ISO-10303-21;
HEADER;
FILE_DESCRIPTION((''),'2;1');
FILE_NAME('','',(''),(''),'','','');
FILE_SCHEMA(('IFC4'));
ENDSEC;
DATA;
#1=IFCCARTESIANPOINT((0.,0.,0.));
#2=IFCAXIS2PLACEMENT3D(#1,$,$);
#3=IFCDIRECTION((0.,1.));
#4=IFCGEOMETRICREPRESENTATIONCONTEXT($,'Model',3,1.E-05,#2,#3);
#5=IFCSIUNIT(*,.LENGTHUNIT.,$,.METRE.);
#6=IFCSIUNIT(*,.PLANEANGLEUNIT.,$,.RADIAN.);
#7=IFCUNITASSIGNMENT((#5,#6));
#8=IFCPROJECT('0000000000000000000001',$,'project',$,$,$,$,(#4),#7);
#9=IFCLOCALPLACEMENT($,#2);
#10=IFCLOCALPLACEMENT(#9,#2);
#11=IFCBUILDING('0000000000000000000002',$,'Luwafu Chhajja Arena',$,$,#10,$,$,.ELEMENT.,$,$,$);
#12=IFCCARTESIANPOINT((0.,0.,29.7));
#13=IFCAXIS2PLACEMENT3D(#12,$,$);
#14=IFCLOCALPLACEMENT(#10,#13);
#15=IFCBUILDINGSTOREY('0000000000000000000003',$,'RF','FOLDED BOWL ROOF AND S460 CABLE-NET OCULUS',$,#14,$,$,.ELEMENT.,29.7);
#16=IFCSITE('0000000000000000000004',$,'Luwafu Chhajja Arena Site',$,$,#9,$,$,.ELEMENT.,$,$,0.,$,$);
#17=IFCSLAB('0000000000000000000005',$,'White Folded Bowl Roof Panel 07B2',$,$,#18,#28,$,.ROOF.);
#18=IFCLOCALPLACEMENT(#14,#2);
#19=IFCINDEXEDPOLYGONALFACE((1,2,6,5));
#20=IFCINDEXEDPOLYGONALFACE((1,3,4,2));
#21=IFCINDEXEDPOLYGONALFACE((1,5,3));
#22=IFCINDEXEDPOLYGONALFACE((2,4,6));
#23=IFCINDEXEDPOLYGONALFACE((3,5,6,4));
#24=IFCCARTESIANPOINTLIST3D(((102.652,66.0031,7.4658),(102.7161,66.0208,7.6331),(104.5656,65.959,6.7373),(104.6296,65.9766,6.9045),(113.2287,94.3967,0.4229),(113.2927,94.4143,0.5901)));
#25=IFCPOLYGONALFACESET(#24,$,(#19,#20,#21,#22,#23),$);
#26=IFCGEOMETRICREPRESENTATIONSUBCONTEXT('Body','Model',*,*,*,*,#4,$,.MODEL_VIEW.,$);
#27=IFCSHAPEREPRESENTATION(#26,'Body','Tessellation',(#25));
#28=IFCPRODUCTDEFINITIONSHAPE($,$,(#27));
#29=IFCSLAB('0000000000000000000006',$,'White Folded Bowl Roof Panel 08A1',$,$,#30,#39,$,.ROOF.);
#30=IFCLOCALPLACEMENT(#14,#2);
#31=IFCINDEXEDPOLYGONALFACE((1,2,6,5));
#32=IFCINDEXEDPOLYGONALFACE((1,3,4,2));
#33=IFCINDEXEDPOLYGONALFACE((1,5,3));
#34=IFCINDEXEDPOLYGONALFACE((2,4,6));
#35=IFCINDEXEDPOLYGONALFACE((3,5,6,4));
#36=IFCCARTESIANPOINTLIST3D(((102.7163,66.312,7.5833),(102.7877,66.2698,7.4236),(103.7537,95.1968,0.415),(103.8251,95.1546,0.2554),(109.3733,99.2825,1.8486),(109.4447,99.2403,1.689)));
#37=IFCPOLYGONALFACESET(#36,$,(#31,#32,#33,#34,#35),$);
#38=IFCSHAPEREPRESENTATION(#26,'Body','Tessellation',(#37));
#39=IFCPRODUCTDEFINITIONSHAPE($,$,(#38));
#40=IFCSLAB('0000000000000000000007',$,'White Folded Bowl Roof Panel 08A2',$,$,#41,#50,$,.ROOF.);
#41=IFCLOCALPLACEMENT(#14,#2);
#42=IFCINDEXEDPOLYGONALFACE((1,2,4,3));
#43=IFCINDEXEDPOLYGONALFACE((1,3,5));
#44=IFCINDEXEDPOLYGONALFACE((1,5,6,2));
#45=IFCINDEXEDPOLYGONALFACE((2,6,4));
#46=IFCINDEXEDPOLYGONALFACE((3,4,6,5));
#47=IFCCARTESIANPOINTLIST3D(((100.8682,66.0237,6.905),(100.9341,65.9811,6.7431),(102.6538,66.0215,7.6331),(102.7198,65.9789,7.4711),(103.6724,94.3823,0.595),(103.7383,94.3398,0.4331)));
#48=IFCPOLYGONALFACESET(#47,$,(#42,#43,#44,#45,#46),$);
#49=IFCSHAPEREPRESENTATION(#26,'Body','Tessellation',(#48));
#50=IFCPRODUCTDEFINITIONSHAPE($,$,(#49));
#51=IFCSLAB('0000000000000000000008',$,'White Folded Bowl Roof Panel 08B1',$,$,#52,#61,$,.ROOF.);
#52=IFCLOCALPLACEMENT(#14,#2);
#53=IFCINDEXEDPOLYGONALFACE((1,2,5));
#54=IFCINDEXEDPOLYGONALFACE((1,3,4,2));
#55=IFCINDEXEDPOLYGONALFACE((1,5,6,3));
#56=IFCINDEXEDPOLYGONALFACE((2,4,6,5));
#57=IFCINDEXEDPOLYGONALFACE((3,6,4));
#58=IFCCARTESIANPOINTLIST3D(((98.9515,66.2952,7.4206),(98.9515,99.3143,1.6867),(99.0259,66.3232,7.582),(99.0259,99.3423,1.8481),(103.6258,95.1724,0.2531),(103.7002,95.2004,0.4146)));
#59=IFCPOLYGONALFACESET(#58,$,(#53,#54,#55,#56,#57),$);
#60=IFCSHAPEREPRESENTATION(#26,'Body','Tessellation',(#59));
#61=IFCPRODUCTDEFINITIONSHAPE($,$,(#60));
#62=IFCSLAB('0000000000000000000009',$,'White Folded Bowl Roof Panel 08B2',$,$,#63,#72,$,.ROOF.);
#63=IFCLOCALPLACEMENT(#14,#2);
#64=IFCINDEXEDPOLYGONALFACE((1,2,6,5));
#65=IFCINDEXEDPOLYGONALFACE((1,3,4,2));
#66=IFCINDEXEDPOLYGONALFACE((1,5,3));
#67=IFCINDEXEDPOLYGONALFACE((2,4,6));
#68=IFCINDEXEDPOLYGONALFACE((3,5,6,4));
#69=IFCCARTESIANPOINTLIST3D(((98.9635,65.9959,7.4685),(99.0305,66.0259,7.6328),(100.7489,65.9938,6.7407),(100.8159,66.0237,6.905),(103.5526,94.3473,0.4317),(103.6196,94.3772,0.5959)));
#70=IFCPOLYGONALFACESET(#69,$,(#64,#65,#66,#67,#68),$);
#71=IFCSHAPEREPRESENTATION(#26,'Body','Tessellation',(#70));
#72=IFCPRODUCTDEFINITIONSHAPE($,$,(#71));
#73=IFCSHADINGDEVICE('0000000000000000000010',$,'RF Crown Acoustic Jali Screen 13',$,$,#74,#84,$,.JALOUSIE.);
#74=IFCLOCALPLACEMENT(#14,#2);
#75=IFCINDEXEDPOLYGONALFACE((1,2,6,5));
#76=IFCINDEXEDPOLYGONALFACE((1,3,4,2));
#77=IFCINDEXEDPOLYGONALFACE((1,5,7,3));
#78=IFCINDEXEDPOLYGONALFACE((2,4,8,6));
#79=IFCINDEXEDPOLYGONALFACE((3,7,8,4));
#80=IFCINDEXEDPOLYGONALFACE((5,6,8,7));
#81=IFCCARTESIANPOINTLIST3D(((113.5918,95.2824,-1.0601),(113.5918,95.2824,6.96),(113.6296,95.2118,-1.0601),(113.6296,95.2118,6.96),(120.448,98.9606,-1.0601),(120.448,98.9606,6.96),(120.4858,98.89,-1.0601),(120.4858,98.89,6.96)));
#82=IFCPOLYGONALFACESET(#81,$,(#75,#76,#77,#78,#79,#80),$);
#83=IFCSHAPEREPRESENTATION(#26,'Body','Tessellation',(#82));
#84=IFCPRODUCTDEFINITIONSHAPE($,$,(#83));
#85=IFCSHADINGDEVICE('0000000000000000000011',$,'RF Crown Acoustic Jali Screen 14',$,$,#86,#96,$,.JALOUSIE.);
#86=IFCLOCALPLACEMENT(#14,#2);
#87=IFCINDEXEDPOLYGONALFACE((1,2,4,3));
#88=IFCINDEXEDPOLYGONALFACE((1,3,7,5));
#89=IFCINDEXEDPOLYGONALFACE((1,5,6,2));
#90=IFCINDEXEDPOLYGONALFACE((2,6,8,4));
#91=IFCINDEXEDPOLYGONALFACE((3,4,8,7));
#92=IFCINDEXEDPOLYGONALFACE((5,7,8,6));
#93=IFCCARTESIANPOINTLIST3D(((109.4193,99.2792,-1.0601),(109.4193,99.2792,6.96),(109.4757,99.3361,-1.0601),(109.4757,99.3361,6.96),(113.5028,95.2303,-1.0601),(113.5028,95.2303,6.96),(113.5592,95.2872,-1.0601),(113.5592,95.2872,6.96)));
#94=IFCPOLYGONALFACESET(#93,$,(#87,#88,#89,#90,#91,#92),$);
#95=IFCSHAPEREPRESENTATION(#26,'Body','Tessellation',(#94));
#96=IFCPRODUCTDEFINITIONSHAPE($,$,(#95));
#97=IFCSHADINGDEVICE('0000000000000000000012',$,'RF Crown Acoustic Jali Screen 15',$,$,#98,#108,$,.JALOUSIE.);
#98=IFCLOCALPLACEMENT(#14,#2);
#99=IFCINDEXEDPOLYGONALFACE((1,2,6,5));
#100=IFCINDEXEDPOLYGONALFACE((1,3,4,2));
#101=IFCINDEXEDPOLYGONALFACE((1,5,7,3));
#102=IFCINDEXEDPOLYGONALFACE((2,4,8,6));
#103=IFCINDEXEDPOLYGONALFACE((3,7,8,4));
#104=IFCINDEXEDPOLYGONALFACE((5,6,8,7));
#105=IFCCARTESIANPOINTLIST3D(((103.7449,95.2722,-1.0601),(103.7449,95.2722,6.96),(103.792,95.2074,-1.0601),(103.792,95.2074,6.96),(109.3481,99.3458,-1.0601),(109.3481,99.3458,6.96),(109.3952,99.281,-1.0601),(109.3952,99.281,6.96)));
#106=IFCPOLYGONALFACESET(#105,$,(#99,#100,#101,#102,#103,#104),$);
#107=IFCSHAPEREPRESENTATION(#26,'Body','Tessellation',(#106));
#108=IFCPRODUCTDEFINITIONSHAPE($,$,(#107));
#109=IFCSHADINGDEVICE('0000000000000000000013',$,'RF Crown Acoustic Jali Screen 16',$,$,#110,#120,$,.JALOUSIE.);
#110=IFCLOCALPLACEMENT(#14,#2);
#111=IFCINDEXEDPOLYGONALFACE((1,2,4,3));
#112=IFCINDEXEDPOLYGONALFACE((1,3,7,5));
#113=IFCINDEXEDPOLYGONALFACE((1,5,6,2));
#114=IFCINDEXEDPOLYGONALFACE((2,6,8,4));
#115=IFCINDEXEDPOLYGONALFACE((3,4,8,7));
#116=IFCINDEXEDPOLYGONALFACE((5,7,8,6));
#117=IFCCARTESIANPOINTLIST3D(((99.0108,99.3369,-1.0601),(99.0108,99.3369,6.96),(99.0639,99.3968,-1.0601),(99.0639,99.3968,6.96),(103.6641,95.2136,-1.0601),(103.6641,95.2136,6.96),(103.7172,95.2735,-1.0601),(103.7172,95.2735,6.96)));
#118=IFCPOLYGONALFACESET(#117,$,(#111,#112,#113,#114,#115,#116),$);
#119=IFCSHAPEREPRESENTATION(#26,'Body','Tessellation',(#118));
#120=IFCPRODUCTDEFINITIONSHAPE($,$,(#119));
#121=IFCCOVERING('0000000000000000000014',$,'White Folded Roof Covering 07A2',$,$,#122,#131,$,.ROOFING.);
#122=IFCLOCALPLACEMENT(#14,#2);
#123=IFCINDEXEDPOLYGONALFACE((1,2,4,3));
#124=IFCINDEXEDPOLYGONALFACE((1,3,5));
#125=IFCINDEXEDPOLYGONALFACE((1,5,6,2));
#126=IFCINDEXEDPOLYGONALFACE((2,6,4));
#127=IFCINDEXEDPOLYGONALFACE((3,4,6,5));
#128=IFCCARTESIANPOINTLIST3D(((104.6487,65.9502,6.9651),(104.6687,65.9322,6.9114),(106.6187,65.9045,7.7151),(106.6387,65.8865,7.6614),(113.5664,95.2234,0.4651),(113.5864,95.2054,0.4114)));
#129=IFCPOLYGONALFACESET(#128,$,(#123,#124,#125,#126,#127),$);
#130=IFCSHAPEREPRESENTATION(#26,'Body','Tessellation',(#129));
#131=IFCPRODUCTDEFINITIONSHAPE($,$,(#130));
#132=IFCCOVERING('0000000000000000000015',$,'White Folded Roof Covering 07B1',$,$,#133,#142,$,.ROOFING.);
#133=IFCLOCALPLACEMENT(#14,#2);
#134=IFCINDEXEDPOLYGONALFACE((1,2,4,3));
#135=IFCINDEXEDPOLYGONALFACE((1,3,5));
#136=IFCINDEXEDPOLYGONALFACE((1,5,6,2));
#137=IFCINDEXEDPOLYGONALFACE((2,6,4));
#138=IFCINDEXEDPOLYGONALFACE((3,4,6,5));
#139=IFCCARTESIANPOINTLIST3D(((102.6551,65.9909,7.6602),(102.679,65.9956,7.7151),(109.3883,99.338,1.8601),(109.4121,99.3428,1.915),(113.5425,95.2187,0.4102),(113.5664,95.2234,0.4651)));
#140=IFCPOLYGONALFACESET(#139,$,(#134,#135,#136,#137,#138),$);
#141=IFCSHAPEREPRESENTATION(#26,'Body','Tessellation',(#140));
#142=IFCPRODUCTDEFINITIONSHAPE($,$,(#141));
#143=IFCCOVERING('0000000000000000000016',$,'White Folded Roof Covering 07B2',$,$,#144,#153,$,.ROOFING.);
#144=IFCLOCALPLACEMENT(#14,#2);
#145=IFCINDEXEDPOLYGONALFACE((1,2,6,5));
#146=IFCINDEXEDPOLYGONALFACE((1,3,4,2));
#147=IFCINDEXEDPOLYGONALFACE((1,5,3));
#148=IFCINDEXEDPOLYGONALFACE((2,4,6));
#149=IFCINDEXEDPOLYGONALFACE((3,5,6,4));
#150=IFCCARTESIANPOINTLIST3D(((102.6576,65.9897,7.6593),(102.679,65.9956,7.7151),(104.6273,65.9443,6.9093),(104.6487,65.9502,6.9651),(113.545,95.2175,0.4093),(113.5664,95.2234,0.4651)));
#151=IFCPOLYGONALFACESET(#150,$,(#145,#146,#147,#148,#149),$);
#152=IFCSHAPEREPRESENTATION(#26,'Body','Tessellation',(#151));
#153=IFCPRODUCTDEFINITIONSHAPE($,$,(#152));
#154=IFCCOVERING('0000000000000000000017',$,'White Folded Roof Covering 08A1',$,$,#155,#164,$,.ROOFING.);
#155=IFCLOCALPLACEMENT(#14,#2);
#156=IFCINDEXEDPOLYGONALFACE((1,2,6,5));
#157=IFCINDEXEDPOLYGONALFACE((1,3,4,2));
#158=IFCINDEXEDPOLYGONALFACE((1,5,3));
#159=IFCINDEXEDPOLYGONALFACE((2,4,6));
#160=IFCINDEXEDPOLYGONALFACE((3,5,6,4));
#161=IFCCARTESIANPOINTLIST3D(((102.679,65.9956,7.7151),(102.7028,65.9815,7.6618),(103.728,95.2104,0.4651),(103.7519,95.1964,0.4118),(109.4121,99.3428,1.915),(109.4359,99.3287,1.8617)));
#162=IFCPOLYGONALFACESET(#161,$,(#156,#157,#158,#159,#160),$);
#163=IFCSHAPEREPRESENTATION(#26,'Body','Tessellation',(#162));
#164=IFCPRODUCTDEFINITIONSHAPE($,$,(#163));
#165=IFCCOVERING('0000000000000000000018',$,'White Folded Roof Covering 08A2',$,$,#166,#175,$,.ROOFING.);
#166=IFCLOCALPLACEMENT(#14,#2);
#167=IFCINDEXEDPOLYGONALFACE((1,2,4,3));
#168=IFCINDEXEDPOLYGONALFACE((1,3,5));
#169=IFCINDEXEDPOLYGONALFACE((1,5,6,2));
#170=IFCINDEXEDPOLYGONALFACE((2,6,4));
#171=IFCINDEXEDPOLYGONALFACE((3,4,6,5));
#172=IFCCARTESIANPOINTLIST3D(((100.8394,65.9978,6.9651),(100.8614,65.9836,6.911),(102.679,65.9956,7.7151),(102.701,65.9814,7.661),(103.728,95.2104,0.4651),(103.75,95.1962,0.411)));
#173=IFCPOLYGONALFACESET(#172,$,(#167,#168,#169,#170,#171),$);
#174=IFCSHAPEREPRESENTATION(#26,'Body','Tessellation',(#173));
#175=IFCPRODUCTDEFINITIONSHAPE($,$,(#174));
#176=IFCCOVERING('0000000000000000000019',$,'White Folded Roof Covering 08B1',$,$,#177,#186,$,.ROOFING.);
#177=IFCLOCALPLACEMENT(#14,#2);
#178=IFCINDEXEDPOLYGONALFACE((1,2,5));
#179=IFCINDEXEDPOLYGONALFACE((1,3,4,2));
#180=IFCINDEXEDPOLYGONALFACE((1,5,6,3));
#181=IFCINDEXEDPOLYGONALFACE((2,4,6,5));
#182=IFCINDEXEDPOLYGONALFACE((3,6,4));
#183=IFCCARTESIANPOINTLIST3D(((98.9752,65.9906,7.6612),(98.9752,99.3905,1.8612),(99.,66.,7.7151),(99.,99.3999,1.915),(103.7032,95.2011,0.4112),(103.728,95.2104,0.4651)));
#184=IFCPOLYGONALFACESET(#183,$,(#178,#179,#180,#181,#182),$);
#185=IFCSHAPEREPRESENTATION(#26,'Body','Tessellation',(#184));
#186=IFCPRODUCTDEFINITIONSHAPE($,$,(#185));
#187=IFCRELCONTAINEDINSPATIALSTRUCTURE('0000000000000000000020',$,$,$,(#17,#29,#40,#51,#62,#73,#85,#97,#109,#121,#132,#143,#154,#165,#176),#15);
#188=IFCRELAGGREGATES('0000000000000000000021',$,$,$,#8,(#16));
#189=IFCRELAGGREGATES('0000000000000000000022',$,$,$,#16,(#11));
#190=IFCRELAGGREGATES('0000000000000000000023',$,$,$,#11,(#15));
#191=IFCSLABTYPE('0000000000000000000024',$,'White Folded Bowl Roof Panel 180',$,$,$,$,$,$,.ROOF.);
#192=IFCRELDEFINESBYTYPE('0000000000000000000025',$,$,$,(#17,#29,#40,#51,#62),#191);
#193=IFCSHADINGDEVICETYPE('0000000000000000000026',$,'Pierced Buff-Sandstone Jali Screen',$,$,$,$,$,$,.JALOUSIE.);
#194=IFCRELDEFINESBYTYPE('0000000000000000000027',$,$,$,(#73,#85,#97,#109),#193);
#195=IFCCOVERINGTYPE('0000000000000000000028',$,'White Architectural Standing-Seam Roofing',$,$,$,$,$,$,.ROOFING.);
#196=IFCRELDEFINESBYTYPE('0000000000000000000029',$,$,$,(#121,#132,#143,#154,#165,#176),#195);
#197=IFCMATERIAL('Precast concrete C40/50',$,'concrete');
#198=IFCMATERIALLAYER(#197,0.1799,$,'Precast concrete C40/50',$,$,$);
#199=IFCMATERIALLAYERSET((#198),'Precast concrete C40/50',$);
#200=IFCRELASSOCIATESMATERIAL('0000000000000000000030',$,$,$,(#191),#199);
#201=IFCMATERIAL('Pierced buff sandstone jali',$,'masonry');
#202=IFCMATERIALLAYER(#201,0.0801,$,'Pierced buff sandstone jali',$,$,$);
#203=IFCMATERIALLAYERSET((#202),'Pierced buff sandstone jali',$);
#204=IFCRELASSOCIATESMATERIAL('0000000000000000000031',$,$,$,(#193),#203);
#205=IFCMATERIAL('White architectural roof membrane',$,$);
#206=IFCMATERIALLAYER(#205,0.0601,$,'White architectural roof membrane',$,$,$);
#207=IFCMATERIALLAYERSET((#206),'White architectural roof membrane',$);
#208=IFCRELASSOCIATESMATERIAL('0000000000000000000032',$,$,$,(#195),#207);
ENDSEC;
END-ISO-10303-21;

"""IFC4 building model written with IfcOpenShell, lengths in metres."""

from ifc_helpers import new_model, si_unit, direction, frame, origin, origin_2d, place, context, subcontext, project, spatial, polyline, rectangle, outline, extrude, material, layer, layer_set, type_object, element, save


model = new_model("IFC4")

# Units and contexts
model_context = context("Model", 3, precision=1e-05, world=origin(), true_north=direction((0.0, 1.0)))
body_context = subcontext(model_context, "Body", "Model", "MODEL_VIEW")
ifc_project = project(units=[si_unit("LENGTHUNIT", "METRE"), si_unit("PLANEANGLEUNIT", "RADIAN")], contexts=[model_context])

# Site, building, storey
site_placement = place(None, origin())
site = spatial("IfcSite", under=ifc_project, at=site_placement, Name="Luwafu Chhajja Arena Site", CompositionType="ELEMENT", RefElevation=0.0)
building_placement = place(site_placement, origin())
building = spatial("IfcBuilding", under=site, at=building_placement, Name="Luwafu Chhajja Arena", CompositionType="ELEMENT")
storey_placement = place(building_placement, frame((0.0, 0.0, 29.7)))
storey = spatial("IfcBuildingStorey", under=building, at=storey_placement, Name="RF", Description="FOLDED BOWL ROOF AND S460 CABLE-NET OCULUS", CompositionType="ELEMENT", Elevation=29.7)

# Slabs
ifc_material_1 = material(Name="Precast concrete C40/50", Category="concrete")
ifc_layer_1 = layer(ifc_material_1, 0.1799, Name="Precast concrete C40/50")
ifc_layer_set_1 = layer_set([ifc_layer_1], Name="Precast concrete C40/50")
slab_type = type_object("IfcSlabType", Name="White Folded Bowl Roof Panel 180", PredefinedType="ROOF", material=ifc_layer_set_1)
slab_1_placement = place(storey_placement, frame((113.2927, 94.4143, 0.5901), z_axis=(0.356062, 0.097883, 0.929322), x_axis=(-0.285052, -0.935722, 0.207772)))
element("IfcSlab", 1, at=slab_1_placement, inside=storey, type_object=slab_type, Name="White Folded Bowl Roof Panel 07B2", PredefinedType="ROOF", context=body_context, shape_type="SweptSolid", body=[
    extrude(outline(polyline([(0.0, 0.0), (30.3912, 0.0), (31.0467, -1.9403), (0.0, 0.0)])), origin(), (0.0, 0.0, -1.0), 0.1799),
])
slab_2_placement = place(storey_placement, frame((109.3733, 99.2825, 1.8486), z_axis=(-0.396862, 0.234481, 0.887423), x_axis=(-0.195098, -0.966276, 0.168066)))
element("IfcSlab", 2, at=slab_2_placement, inside=storey, type_object=slab_type, Name="White Folded Bowl Roof Panel 08A1", PredefinedType="ROOF", context=body_context, shape_type="SweptSolid", body=[
    extrude(outline(polyline([(0.0, 0.0), (34.1211, 0.0), (4.8034, -5.2207), (0.0, 0.0)])), origin(), (0.0, 0.0, -1.0), 0.1799),
])
slab_3_placement = place(storey_placement, frame((103.6724, 94.3823, 0.595), z_axis=(-0.366581, 0.23647, 0.899833), x_axis=(-0.034836, -0.969972, 0.24071)))
element("IfcSlab", 3, at=slab_3_placement, inside=storey, type_object=slab_type, Name="White Folded Bowl Roof Panel 08A2", PredefinedType="ROOF", context=body_context, shape_type="SweptSolid", body=[
    extrude(outline(polyline([(0.0, 0.0), (29.2388, 0.0), (29.1237, -1.9249), (0.0, 0.0)])), origin(), (0.0, 0.0, -1.0), 0.1799),
])
slab_4_placement = place(storey_placement, frame((103.7002, 95.2004, 0.4146), z_axis=(0.413223, 0.155803, 0.897202), x_axis=(-0.155198, -0.958791, 0.237977)))
element("IfcSlab", 4, at=slab_4_placement, inside=storey, type_object=slab_type, Name="White Folded Bowl Roof Panel 08B1", PredefinedType="ROOF", context=body_context, shape_type="SweptSolid", body=[
    extrude(outline(polyline([(0.0, 0.0), (30.1183, 0.0), (-2.9046, -5.7116), (0.0, 0.0)])), origin(), (0.0, 0.0, -1.0), 0.1799),
])
slab_5_placement = place(storey_placement, frame((103.6196, 94.3772, 0.5959), z_axis=(0.37239, 0.166343, 0.913047), x_axis=(-0.096077, -0.971611, 0.216198)))
element("IfcSlab", 5, at=slab_5_placement, inside=storey, type_object=slab_type, Name="White Folded Bowl Roof Panel 08B2", PredefinedType="ROOF", context=body_context, shape_type="SweptSolid", body=[
    extrude(outline(polyline([(0.0, 0.0), (29.182, 0.0), (29.5087, -1.9001), (0.0, 0.0)])), origin(), (0.0, 0.0, -1.0), 0.1799),
])

# Shading devices
ifc_material_2 = material(Name="Pierced buff sandstone jali", Category="masonry")
ifc_layer_2 = layer(ifc_material_2, 0.0801, Name="Pierced buff sandstone jali")
ifc_layer_set_2 = layer_set([ifc_layer_2], Name="Pierced buff sandstone jali")
shading_device_type = type_object("IfcShadingDeviceType", Name="Pierced Buff-Sandstone Jali Screen", PredefinedType="JALOUSIE", material=ifc_layer_set_2)
shading_device_1_placement = place(storey_placement, frame((117.0388, 97.0862, -1.0601), z_axis=(0.0, 0.0, 1.0), x_axis=(-0.881201, -0.472742, 0.0)))
element("IfcShadingDevice", 6, at=shading_device_1_placement, inside=storey, type_object=shading_device_type, Name="RF Crown Acoustic Jali Screen 13", PredefinedType="JALOUSIE", context=body_context, shape_type="SweptSolid", body=[
    extrude(rectangle(XDim=7.7805, YDim=0.0801, at=origin_2d()), origin(), (0.0, 0.0, 1.0), 8.02),
])
shading_device_2_placement = place(storey_placement, frame((111.4893, 97.2832, -1.0601), z_axis=(0.0, 0.0, 1.0), x_axis=(-0.710109, 0.704092, 0.0)))
element("IfcShadingDevice", 7, at=shading_device_2_placement, inside=storey, type_object=shading_device_type, Name="RF Crown Acoustic Jali Screen 14", PredefinedType="JALOUSIE", context=body_context, shape_type="SweptSolid", body=[
    extrude(rectangle(XDim=5.7505, YDim=0.0801, at=origin_2d()), origin(), (0.0, 0.0, 1.0), 8.02),
])
shading_device_3_placement = place(storey_placement, frame((106.5701, 97.2766, -1.0601), z_axis=(0.0, 0.0, 1.0), x_axis=(-0.808839, -0.58803, 0.0)))
element("IfcShadingDevice", 8, at=shading_device_3_placement, inside=storey, type_object=shading_device_type, Name="RF Crown Acoustic Jali Screen 15", PredefinedType="JALOUSIE", context=body_context, shape_type="SweptSolid", body=[
    extrude(rectangle(XDim=6.9275, YDim=0.0801, at=origin_2d()), origin(), (0.0, 0.0, 1.0), 8.02),
])
shading_device_4_placement = place(storey_placement, frame((101.364, 97.3052, -1.0601), z_axis=(0.0, 0.0, 1.0), x_axis=(-0.748442, 0.6632, 0.0)))
element("IfcShadingDevice", 9, at=shading_device_4_placement, inside=storey, type_object=shading_device_type, Name="RF Crown Acoustic Jali Screen 16", PredefinedType="JALOUSIE", context=body_context, shape_type="SweptSolid", body=[
    extrude(rectangle(XDim=6.2173, YDim=0.0801, at=origin_2d()), origin(), (0.0, 0.0, 1.0), 8.02),
])

# Coverings
ifc_material_3 = material(Name="White architectural roof membrane")
ifc_layer_3 = layer(ifc_material_3, 0.0601, Name="White architectural roof membrane")
ifc_layer_set_3 = layer_set([ifc_layer_3], Name="White architectural roof membrane")
covering_type = type_object("IfcCoveringType", Name="White Architectural Standing-Seam Roofing", PredefinedType="ROOFING", material=ifc_layer_set_3)
covering_1_placement = place(storey_placement, frame((113.5664, 95.2234, 0.4651), z_axis=(-0.333332, 0.300011, 0.893802), x_axis=(-0.285056, -0.935721, 0.207773)))
element("IfcCovering", 10, at=covering_1_placement, inside=storey, type_object=covering_type, Name="White Folded Roof Covering 07A2", PredefinedType="ROOFING", context=body_context, shape_type="SweptSolid", body=[
    extrude(outline(polyline([(0.0, 0.0), (31.2841, 0.0), (30.9211, 2.0769), (0.0, 0.0)])), origin(), (0.0, 0.0, -1.0), 0.0601),
])
covering_2_placement = place(storey_placement, frame((113.5664, 95.2234, 0.4651), z_axis=(0.397268, 0.078813, 0.914312), x_axis=(-0.689232, 0.68344, 0.240559)))
element("IfcCovering", 11, at=covering_2_placement, inside=storey, type_object=covering_type, Name="White Folded Roof Covering 07B1", PredefinedType="ROOFING", context=body_context, shape_type="SweptSolid", body=[
    extrude(outline(polyline([(0.0, 0.0), (6.0274, 0.0), (-10.7274, 30.1709), (0.0, 0.0)])), origin(), (0.0, 0.0, -1.0), 0.0601),
])
covering_3_placement = place(storey_placement, frame((113.5664, 95.2234, 0.4651), z_axis=(0.356103, 0.097867, 0.929308), x_axis=(-0.340007, -0.912761, 0.226412)))
element("IfcCovering", 12, at=covering_3_placement, inside=storey, type_object=covering_type, Name="White Folded Roof Covering 07B2", PredefinedType="ROOFING", context=body_context, shape_type="SweptSolid", body=[
    extrude(outline(polyline([(0.0, 0.0), (32.0213, 0.0), (31.2232, 1.9513), (0.0, 0.0)])), origin(), (0.0, 0.0, -1.0), 0.0601),
])
covering_4_placement = place(storey_placement, frame((109.4121, 99.3428, 1.915), z_axis=(-0.39684, 0.234477, 0.887434), x_axis=(-0.792156, -0.575897, -0.202071)))
element("IfcCovering", 13, at=covering_4_placement, inside=storey, type_object=covering_type, Name="White Folded Roof Covering 08A1", PredefinedType="ROOFING", context=body_context, shape_type="SweptSolid", body=[
    extrude(outline(polyline([(0.0, 0.0), (7.1755, 0.0), (23.3662, 25.3974), (0.0, 0.0)])), origin(), (0.0, 0.0, -1.0), 0.0601),
])
covering_5_placement = place(storey_placement, frame((103.728, 95.2104, 0.4651), z_axis=(-0.366578, 0.236468, 0.899835), x_axis=(-0.096077, -0.971613, 0.21619)))
element("IfcCovering", 14, at=covering_5_placement, inside=storey, type_object=covering_type, Name="White Folded Roof Covering 08A2", PredefinedType="ROOFING", context=body_context, shape_type="SweptSolid", body=[
    extrude(outline(polyline([(0.0, 0.0), (30.0661, 0.0), (30.0537, 1.9866), (0.0, 0.0)])), origin(), (0.0, 0.0, -1.0), 0.0601),
])
covering_6_placement = place(storey_placement, frame((103.728, 95.2104, 0.4651), z_axis=(0.413206, 0.155805, 0.89721), x_axis=(-0.72948, 0.646384, 0.223711)))
element("IfcCovering", 15, at=covering_6_placement, inside=storey, type_object=covering_type, Name="White Folded Roof Covering 08B1", PredefinedType="ROOFING", context=body_context, shape_type="SweptSolid", body=[
    extrude(outline(polyline([(0.0, 0.0), (6.4814, 0.0), (-13.8103, 27.1559), (0.0, 0.0)])), origin(), (0.0, 0.0, -1.0), 0.0601),
])

save(model, "model.ifc")
